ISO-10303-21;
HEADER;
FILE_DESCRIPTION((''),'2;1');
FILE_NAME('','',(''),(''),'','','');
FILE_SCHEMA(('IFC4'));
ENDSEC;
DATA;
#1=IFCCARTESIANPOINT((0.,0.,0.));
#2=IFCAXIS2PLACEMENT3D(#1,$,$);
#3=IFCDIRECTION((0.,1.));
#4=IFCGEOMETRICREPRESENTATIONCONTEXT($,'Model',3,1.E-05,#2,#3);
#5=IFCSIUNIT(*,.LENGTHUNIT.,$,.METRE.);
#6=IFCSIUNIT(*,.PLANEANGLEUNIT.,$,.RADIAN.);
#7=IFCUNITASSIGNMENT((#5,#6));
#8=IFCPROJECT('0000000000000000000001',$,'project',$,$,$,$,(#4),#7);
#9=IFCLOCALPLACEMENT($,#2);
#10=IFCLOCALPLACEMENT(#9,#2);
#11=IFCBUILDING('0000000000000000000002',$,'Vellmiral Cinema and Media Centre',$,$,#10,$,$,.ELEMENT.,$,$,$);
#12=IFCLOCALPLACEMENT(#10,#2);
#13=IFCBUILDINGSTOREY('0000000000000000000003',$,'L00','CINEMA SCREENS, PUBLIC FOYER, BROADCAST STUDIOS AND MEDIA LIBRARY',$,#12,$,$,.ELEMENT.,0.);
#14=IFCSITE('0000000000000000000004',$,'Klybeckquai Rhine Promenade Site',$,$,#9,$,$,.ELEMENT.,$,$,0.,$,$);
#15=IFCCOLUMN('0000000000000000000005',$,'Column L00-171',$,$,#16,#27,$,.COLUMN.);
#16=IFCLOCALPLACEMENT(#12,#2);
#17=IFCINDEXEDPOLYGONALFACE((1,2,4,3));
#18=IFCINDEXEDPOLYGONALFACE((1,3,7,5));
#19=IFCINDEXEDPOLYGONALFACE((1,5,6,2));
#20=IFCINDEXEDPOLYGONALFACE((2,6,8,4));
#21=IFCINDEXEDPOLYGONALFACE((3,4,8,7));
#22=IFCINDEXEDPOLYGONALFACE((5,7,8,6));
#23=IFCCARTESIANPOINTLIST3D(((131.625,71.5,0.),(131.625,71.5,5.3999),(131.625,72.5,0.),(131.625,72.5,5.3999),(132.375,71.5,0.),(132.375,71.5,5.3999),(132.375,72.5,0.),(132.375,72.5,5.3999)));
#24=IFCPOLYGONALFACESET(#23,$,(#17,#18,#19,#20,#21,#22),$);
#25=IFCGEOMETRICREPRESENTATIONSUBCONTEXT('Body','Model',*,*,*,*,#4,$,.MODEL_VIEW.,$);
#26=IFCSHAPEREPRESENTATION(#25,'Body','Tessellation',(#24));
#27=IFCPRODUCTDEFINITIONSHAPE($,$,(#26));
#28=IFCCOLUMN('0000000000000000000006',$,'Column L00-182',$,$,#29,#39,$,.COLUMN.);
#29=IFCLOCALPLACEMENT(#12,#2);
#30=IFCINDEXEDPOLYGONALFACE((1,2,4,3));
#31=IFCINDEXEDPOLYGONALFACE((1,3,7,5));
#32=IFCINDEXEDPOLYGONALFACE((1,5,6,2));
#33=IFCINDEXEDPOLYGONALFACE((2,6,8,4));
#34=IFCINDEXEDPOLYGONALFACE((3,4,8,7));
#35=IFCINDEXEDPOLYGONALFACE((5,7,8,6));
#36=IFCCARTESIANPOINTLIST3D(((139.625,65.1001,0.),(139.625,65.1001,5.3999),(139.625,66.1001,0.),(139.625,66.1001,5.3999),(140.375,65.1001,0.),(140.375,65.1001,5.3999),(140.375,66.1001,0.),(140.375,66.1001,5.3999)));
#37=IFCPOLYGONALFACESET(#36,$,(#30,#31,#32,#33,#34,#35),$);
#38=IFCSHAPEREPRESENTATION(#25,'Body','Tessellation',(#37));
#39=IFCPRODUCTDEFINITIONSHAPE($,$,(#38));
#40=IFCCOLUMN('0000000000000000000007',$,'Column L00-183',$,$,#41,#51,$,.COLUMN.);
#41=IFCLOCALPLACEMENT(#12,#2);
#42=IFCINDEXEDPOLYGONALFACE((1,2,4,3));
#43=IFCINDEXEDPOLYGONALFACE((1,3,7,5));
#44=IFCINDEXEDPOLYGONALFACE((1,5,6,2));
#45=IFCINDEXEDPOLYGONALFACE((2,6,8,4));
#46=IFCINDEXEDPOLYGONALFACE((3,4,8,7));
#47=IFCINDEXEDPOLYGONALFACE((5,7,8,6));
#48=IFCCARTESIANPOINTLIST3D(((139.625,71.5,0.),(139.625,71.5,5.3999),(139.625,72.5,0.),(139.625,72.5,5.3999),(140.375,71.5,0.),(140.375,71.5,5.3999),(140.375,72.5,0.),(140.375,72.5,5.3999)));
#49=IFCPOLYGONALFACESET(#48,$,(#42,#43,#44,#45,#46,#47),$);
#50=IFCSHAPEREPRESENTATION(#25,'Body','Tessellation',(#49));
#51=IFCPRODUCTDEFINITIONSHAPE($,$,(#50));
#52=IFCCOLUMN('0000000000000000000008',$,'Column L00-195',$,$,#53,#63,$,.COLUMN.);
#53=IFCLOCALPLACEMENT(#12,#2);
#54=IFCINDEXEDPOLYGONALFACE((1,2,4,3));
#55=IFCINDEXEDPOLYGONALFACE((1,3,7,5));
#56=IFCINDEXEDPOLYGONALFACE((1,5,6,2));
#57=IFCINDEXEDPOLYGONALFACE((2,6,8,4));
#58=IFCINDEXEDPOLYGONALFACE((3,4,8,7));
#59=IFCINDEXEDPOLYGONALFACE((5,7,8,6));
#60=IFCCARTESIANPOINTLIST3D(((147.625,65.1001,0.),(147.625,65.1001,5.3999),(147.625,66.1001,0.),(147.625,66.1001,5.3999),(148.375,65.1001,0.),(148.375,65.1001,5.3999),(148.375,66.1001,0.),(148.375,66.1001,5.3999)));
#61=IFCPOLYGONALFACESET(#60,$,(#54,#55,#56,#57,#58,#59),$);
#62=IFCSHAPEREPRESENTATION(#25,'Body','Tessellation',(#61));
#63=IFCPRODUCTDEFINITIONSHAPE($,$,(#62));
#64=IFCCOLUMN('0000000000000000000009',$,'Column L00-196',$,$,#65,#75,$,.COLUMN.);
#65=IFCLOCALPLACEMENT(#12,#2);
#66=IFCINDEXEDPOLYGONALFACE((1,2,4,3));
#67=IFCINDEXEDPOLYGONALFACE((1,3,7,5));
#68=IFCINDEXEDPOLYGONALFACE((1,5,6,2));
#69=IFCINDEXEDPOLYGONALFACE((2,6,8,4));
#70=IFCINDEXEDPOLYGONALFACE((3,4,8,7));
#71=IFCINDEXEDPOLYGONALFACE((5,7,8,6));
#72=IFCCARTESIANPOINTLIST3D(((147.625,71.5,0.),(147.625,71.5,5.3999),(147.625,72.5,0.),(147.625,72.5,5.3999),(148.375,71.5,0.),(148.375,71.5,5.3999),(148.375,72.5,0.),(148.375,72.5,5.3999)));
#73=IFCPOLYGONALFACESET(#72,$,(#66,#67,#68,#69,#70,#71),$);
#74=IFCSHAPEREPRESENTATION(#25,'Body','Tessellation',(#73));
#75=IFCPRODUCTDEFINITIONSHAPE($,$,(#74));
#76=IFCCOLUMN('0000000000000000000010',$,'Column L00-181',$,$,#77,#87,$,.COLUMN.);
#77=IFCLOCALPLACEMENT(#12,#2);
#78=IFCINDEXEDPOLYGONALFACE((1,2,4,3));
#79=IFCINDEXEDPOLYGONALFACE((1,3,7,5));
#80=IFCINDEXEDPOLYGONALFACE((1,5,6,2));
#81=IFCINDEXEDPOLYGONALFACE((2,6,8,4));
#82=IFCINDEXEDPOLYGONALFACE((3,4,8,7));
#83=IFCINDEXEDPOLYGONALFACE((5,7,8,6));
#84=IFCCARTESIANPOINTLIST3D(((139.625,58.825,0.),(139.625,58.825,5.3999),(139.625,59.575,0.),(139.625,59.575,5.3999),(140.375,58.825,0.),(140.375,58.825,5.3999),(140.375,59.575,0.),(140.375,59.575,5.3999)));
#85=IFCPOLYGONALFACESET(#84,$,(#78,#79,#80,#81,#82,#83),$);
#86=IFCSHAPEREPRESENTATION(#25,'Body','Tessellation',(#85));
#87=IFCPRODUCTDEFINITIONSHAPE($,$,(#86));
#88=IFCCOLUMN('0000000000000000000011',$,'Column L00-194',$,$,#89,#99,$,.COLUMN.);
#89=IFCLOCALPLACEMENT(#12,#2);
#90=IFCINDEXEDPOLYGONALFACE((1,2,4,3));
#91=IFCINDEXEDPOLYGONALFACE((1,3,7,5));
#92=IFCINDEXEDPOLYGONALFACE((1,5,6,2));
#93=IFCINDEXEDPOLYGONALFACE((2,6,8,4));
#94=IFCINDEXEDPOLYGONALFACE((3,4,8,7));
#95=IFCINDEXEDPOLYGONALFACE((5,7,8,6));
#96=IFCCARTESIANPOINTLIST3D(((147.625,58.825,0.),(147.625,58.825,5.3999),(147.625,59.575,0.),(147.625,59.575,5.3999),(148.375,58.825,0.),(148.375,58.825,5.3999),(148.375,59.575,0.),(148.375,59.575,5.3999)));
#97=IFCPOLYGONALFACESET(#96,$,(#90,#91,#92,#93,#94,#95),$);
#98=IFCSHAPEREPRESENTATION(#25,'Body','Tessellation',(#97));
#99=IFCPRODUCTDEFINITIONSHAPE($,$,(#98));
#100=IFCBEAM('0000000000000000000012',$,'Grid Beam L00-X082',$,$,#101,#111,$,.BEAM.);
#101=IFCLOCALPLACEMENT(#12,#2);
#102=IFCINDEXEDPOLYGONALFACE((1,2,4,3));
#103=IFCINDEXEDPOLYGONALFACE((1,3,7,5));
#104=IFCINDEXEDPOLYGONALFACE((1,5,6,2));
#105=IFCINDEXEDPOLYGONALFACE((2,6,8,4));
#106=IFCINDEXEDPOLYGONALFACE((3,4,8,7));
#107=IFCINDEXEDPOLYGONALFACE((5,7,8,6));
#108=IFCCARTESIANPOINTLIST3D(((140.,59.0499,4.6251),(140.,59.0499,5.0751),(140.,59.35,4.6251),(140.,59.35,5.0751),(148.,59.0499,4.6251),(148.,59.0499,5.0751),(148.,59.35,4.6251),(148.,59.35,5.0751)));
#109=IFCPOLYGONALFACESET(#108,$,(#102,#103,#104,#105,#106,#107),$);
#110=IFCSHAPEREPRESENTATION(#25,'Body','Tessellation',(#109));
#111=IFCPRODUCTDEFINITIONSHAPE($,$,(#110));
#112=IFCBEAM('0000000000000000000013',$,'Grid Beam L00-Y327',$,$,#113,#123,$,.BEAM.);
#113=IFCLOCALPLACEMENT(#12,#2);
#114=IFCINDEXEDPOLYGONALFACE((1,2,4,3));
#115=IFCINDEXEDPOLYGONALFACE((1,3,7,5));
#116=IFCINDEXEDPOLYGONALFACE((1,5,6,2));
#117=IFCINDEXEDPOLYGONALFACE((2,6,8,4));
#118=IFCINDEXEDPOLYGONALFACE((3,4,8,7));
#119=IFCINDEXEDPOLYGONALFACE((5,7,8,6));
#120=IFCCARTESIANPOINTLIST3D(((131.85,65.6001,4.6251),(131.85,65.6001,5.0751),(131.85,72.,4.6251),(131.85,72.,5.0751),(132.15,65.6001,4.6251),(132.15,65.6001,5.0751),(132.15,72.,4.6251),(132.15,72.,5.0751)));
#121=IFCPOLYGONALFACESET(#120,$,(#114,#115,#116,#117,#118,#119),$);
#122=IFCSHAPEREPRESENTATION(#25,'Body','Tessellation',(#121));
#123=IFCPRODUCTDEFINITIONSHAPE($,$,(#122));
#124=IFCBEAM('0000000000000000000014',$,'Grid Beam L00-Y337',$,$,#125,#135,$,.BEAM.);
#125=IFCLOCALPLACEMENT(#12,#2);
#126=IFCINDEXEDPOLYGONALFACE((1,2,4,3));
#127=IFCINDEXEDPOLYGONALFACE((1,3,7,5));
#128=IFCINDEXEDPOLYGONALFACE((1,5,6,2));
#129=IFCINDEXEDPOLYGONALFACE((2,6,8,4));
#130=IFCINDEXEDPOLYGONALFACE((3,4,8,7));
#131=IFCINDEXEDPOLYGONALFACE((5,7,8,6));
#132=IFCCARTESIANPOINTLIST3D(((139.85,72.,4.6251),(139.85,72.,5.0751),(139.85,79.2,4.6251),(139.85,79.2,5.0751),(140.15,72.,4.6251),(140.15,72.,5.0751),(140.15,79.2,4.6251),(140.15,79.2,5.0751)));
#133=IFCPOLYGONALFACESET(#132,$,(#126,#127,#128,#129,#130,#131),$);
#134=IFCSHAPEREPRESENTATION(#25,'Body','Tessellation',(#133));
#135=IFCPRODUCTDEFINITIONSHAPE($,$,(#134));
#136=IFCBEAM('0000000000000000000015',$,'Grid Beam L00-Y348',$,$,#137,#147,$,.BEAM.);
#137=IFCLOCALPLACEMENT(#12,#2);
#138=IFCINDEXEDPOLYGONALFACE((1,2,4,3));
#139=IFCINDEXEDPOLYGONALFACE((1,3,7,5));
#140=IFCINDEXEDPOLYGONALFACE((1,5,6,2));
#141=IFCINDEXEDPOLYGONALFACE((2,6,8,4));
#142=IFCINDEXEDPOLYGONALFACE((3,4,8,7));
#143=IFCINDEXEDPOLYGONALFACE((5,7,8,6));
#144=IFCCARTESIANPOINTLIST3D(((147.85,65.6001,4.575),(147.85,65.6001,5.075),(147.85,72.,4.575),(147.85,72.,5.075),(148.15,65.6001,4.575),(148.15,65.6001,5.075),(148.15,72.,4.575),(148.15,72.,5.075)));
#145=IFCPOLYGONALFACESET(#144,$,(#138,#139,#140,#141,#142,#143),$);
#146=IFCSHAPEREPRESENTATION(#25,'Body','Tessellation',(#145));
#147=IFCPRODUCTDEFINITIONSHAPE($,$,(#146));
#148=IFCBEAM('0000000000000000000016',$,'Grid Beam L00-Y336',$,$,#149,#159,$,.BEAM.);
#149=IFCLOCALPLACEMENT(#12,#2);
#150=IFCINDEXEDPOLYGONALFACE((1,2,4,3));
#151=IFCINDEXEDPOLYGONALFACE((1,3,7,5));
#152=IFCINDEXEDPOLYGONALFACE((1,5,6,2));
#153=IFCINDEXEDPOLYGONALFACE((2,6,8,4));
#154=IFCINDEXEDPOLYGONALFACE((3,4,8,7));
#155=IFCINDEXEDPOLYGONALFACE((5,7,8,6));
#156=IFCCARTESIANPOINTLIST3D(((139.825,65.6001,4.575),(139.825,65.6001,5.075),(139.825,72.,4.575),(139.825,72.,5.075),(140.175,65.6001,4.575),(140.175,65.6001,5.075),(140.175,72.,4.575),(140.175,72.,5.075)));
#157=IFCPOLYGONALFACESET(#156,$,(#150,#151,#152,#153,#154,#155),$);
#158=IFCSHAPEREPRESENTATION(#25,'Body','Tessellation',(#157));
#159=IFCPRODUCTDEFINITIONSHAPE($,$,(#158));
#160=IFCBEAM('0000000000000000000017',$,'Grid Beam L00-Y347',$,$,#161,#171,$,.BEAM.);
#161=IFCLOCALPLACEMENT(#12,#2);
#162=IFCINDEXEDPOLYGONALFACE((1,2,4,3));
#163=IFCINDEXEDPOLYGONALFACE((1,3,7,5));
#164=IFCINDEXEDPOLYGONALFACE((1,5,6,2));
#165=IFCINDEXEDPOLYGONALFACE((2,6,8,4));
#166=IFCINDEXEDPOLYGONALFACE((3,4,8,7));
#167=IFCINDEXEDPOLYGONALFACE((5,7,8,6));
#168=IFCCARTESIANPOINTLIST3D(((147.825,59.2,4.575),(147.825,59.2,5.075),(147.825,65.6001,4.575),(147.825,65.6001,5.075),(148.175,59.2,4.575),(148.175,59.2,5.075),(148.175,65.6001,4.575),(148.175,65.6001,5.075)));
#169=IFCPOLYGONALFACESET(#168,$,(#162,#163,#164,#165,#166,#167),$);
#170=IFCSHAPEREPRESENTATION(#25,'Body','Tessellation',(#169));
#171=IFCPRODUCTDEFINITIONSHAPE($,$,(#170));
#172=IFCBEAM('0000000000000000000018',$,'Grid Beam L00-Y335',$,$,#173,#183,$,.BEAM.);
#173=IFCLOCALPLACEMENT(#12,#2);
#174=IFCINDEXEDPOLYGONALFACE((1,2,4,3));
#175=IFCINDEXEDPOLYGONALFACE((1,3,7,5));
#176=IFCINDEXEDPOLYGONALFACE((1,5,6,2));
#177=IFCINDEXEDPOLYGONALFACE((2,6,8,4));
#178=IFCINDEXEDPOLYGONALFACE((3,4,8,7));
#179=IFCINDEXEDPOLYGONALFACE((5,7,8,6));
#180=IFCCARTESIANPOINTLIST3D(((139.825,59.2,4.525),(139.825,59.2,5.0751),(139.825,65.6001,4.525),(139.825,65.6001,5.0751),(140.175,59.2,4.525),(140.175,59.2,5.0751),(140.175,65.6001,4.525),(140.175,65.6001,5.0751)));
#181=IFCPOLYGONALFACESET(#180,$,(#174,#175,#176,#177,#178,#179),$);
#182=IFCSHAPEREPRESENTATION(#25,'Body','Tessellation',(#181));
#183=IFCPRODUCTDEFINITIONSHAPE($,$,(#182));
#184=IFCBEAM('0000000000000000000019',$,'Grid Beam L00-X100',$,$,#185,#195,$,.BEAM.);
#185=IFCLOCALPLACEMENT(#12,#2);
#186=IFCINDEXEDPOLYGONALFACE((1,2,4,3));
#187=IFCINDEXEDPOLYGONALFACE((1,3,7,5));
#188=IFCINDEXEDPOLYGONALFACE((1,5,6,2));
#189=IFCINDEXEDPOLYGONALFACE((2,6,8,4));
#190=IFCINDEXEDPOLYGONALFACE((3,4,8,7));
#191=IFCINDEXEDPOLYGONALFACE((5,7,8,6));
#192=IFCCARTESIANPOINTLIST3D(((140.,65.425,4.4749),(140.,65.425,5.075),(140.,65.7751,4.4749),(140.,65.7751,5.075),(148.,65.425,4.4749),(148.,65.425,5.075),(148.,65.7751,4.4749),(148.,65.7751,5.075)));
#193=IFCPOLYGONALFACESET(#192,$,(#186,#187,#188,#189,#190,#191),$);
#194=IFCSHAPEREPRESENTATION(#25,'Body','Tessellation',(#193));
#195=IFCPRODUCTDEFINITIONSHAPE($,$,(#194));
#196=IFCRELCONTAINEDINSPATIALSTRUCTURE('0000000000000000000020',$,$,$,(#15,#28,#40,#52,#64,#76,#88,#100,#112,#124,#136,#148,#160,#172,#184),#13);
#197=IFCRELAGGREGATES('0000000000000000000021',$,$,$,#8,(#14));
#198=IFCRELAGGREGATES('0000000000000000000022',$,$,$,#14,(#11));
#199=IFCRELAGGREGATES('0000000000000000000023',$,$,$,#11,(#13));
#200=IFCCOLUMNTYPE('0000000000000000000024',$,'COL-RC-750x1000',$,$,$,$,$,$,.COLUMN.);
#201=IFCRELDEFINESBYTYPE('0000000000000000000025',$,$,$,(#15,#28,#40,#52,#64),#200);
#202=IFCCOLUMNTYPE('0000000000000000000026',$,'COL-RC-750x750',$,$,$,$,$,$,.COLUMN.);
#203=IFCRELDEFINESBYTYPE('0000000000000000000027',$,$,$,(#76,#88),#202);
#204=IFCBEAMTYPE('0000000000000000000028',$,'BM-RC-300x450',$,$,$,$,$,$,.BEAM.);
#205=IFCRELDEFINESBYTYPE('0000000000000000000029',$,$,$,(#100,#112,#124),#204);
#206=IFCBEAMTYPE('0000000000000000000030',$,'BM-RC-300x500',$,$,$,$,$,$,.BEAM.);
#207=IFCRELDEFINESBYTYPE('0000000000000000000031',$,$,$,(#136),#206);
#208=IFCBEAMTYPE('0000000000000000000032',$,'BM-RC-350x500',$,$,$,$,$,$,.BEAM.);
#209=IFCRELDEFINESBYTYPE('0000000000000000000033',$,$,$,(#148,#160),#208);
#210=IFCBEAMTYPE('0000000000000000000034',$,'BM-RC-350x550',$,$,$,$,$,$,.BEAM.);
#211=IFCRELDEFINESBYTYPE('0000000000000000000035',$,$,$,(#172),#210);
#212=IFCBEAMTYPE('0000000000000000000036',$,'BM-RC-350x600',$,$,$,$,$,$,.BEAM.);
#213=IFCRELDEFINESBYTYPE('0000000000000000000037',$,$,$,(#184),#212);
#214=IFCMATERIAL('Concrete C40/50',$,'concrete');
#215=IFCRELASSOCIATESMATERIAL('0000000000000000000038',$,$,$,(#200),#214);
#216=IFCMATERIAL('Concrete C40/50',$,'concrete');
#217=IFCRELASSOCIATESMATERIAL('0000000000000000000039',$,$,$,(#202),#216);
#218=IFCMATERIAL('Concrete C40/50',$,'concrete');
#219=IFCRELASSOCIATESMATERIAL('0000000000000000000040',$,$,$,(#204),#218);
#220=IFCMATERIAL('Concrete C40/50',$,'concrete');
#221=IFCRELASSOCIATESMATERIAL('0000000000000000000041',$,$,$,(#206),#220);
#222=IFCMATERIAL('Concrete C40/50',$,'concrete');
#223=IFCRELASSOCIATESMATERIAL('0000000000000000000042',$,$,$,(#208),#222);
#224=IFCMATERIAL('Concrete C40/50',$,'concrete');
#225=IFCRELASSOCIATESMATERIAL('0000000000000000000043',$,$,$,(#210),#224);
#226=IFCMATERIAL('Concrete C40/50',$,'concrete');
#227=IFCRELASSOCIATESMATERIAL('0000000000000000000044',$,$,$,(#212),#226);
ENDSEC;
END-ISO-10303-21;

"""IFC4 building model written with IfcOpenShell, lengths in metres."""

from ifc_helpers import new_model, si_unit, direction, frame, origin, origin_2d, place, context, subcontext, project, spatial, rectangle, extrude, material, material_profile, profile_set, type_object, element, save


model = new_model("IFC4")

# Units and contexts
model_context = context("Model", 3, precision=1e-05, world=origin(), true_north=direction((0.0, 1.0)))
body_context = subcontext(model_context, "Body", "Model", "MODEL_VIEW")
ifc_project = project(units=[si_unit("LENGTHUNIT", "METRE"), si_unit("PLANEANGLEUNIT", "RADIAN")], contexts=[model_context])

# Site, building, storey
site_placement = place(None, origin())
site = spatial("IfcSite", under=ifc_project, at=site_placement, Name="Klybeckquai Rhine Promenade Site", CompositionType="ELEMENT", RefElevation=0.0)
building_placement = place(site_placement, origin())
building = spatial("IfcBuilding", under=site, at=building_placement, Name="Vellmiral Cinema and Media Centre", CompositionType="ELEMENT")
storey_placement = place(building_placement, origin())
storey = spatial("IfcBuildingStorey", under=building, at=storey_placement, Name="L00", Description="CINEMA SCREENS, PUBLIC FOYER, BROADCAST STUDIOS AND MEDIA LIBRARY", CompositionType="ELEMENT", Elevation=0.0)

# Columns
ifc_material_1 = material(Name="Concrete C40/50", Category="concrete")
ifc_material_profile_1 = material_profile(ifc_material_1, rectangle(XDim=0.75, YDim=1.0, at=origin_2d()), Name="RC 750x1000")
ifc_profile_set_1 = profile_set([ifc_material_profile_1], Name="Concrete C40/50")
column_type_1 = type_object("IfcColumnType", Name="COL-RC-750x1000", PredefinedType="COLUMN", material=ifc_profile_set_1)
for number, where, z_axis, x_axis, name in (
    (1, (132.0, 72.0, 0.0), (0.0, 0.0, 1.0), (1.0, 0.0, 0.0), "Column L00-171"),
    (2, (140.0, 65.6001, 0.0), (0.0, 0.0, 1.0), (1.0, 0.0, 0.0), "Column L00-182"),
    (3, (140.0, 72.0, 0.0), (0.0, 0.0, 1.0), (1.0, 0.0, 0.0), "Column L00-183"),
    (4, (148.0, 65.6001, 0.0), (0.0, 0.0, 1.0), (1.0, 0.0, 0.0), "Column L00-195"),
    (5, (148.0, 72.0, 0.0), (0.0, 0.0, 1.0), (1.0, 0.0, 0.0), "Column L00-196"),
):
    element("IfcColumn", number, at=place(storey_placement, frame(where, z_axis=z_axis, x_axis=x_axis)), inside=storey, type_object=column_type_1, Name=name, PredefinedType="COLUMN", context=body_context, shape_type="SweptSolid", body=[
        extrude(rectangle(XDim=0.75, YDim=1.0, at=origin_2d()), origin(), (0.0, 0.0, 1.0), 5.3999),
    ])
ifc_material_2 = material(Name="Concrete C40/50", Category="concrete")
ifc_material_profile_2 = material_profile(ifc_material_2, rectangle(XDim=0.75, YDim=0.75, at=origin_2d()), Name="RC 750x750")
ifc_profile_set_2 = profile_set([ifc_material_profile_2], Name="Concrete C40/50")
column_type_2 = type_object("IfcColumnType", Name="COL-RC-750x750", PredefinedType="COLUMN", material=ifc_profile_set_2)
for number, where, z_axis, x_axis, name in (
    (6, (140.0, 59.2, 0.0), (0.0, 0.0, 1.0), (1.0, 0.0, 0.0), "Column L00-181"),
    (7, (148.0, 59.2, 0.0), (0.0, 0.0, 1.0), (1.0, 0.0, 0.0), "Column L00-194"),
):
    element("IfcColumn", number, at=place(storey_placement, frame(where, z_axis=z_axis, x_axis=x_axis)), inside=storey, type_object=column_type_2, Name=name, PredefinedType="COLUMN", context=body_context, shape_type="SweptSolid", body=[
        extrude(rectangle(XDim=0.75, YDim=0.75, at=origin_2d()), origin(), (0.0, 0.0, 1.0), 5.3999),
    ])

# Beams
ifc_material_3 = material(Name="Concrete C40/50", Category="concrete")
ifc_material_profile_3 = material_profile(ifc_material_3, rectangle(XDim=0.3, YDim=0.45, at=origin_2d()), Name="RC 300x450")
ifc_profile_set_3 = profile_set([ifc_material_profile_3], Name="Concrete C40/50")
beam_type_1 = type_object("IfcBeamType", Name="BM-RC-300x450", PredefinedType="BEAM", material=ifc_profile_set_3)
beam_1_placement = place(storey_placement, frame((140.0, 59.2, 4.8501), z_axis=(1.0, 0.0, 0.0), x_axis=(0.0, 1.0, 0.0)))
element("IfcBeam", 8, at=beam_1_placement, inside=storey, type_object=beam_type_1, Name="Grid Beam L00-X082", PredefinedType="BEAM", context=body_context, shape_type="SweptSolid", body=[
    extrude(rectangle(XDim=0.3, YDim=0.45, at=origin_2d()), origin(), (0.0, 0.0, 1.0), 8.0),
])
beam_2_placement = place(storey_placement, frame((132.0, 65.6001, 4.8501), z_axis=(0.0, 1.0, 0.0), x_axis=(-1.0, 0.0, 0.0)))
element("IfcBeam", 9, at=beam_2_placement, inside=storey, type_object=beam_type_1, Name="Grid Beam L00-Y327", PredefinedType="BEAM", context=body_context, shape_type="SweptSolid", body=[
    extrude(rectangle(XDim=0.3, YDim=0.45, at=origin_2d()), origin(), (0.0, 0.0, 1.0), 6.3999),
])
beam_3_placement = place(storey_placement, frame((140.0, 72.0, 4.8501), z_axis=(0.0, 1.0, 0.0), x_axis=(-1.0, 0.0, 0.0)))
element("IfcBeam", 10, at=beam_3_placement, inside=storey, type_object=beam_type_1, Name="Grid Beam L00-Y337", PredefinedType="BEAM", context=body_context, shape_type="SweptSolid", body=[
    extrude(rectangle(XDim=0.3, YDim=0.45, at=origin_2d()), origin(), (0.0, 0.0, 1.0), 7.2),
])
ifc_material_4 = material(Name="Concrete C40/50", Category="concrete")
ifc_material_profile_4 = material_profile(ifc_material_4, rectangle(XDim=0.3, YDim=0.5, at=origin_2d()), Name="RC 300x500")
ifc_profile_set_4 = profile_set([ifc_material_profile_4], Name="Concrete C40/50")
beam_type_2 = type_object("IfcBeamType", Name="BM-RC-300x500", PredefinedType="BEAM", material=ifc_profile_set_4)
beam_4_placement = place(storey_placement, frame((148.0, 65.6001, 4.825), z_axis=(0.0, 1.0, 0.0), x_axis=(-1.0, 0.0, 0.0)))
element("IfcBeam", 11, at=beam_4_placement, inside=storey, type_object=beam_type_2, Name="Grid Beam L00-Y348", PredefinedType="BEAM", context=body_context, shape_type="SweptSolid", body=[
    extrude(rectangle(XDim=0.3, YDim=0.5, at=origin_2d()), origin(), (0.0, 0.0, 1.0), 6.3999),
])
ifc_material_5 = material(Name="Concrete C40/50", Category="concrete")
ifc_material_profile_5 = material_profile(ifc_material_5, rectangle(XDim=0.3501, YDim=0.5, at=origin_2d()), Name="RC 350x500")
ifc_profile_set_5 = profile_set([ifc_material_profile_5], Name="Concrete C40/50")
beam_type_3 = type_object("IfcBeamType", Name="BM-RC-350x500", PredefinedType="BEAM", material=ifc_profile_set_5)
beam_5_placement = place(storey_placement, frame((140.0, 65.6001, 4.825), z_axis=(0.0, 1.0, 0.0), x_axis=(-1.0, 0.0, 0.0)))
element("IfcBeam", 12, at=beam_5_placement, inside=storey, type_object=beam_type_3, Name="Grid Beam L00-Y336", PredefinedType="BEAM", context=body_context, shape_type="SweptSolid", body=[
    extrude(rectangle(XDim=0.3501, YDim=0.5, at=origin_2d()), origin(), (0.0, 0.0, 1.0), 6.3999),
])
beam_6_placement = place(storey_placement, frame((148.0, 59.2, 4.825), z_axis=(0.0, 1.0, 0.0), x_axis=(-1.0, 0.0, 0.0)))
element("IfcBeam", 13, at=beam_6_placement, inside=storey, type_object=beam_type_3, Name="Grid Beam L00-Y347", PredefinedType="BEAM", context=body_context, shape_type="SweptSolid", body=[
    extrude(rectangle(XDim=0.3501, YDim=0.5, at=origin_2d()), origin(), (0.0, 0.0, 1.0), 6.4001),
])
ifc_material_6 = material(Name="Concrete C40/50", Category="concrete")
ifc_material_profile_6 = material_profile(ifc_material_6, rectangle(XDim=0.3501, YDim=0.55, at=origin_2d()), Name="RC 350x550")
ifc_profile_set_6 = profile_set([ifc_material_profile_6], Name="Concrete C40/50")
beam_type_4 = type_object("IfcBeamType", Name="BM-RC-350x550", PredefinedType="BEAM", material=ifc_profile_set_6)
beam_7_placement = place(storey_placement, frame((140.0, 59.2, 4.8), z_axis=(0.0, 1.0, 0.0), x_axis=(-1.0, 0.0, 0.0)))
element("IfcBeam", 14, at=beam_7_placement, inside=storey, type_object=beam_type_4, Name="Grid Beam L00-Y335", PredefinedType="BEAM", context=body_context, shape_type="SweptSolid", body=[
    extrude(rectangle(XDim=0.3501, YDim=0.55, at=origin_2d()), origin(), (0.0, 0.0, 1.0), 6.4001),
])
ifc_material_7 = material(Name="Concrete C40/50", Category="concrete")
ifc_material_profile_7 = material_profile(ifc_material_7, rectangle(XDim=0.3501, YDim=0.6001, at=origin_2d()), Name="RC 350x600")
ifc_profile_set_7 = profile_set([ifc_material_profile_7], Name="Concrete C40/50")
beam_type_5 = type_object("IfcBeamType", Name="BM-RC-350x600", PredefinedType="BEAM", material=ifc_profile_set_7)
beam_8_placement = place(storey_placement, frame((140.0, 65.6001, 4.7749), z_axis=(1.0, 0.0, 0.0), x_axis=(0.0, 1.0, 0.0)))
element("IfcBeam", 15, at=beam_8_placement, inside=storey, type_object=beam_type_5, Name="Grid Beam L00-X100", PredefinedType="BEAM", context=body_context, shape_type="SweptSolid", body=[
    extrude(rectangle(XDim=0.3501, YDim=0.6001, at=origin_2d()), origin(), (0.0, 0.0, 1.0), 8.0),
])

save(model, "model.ifc")
